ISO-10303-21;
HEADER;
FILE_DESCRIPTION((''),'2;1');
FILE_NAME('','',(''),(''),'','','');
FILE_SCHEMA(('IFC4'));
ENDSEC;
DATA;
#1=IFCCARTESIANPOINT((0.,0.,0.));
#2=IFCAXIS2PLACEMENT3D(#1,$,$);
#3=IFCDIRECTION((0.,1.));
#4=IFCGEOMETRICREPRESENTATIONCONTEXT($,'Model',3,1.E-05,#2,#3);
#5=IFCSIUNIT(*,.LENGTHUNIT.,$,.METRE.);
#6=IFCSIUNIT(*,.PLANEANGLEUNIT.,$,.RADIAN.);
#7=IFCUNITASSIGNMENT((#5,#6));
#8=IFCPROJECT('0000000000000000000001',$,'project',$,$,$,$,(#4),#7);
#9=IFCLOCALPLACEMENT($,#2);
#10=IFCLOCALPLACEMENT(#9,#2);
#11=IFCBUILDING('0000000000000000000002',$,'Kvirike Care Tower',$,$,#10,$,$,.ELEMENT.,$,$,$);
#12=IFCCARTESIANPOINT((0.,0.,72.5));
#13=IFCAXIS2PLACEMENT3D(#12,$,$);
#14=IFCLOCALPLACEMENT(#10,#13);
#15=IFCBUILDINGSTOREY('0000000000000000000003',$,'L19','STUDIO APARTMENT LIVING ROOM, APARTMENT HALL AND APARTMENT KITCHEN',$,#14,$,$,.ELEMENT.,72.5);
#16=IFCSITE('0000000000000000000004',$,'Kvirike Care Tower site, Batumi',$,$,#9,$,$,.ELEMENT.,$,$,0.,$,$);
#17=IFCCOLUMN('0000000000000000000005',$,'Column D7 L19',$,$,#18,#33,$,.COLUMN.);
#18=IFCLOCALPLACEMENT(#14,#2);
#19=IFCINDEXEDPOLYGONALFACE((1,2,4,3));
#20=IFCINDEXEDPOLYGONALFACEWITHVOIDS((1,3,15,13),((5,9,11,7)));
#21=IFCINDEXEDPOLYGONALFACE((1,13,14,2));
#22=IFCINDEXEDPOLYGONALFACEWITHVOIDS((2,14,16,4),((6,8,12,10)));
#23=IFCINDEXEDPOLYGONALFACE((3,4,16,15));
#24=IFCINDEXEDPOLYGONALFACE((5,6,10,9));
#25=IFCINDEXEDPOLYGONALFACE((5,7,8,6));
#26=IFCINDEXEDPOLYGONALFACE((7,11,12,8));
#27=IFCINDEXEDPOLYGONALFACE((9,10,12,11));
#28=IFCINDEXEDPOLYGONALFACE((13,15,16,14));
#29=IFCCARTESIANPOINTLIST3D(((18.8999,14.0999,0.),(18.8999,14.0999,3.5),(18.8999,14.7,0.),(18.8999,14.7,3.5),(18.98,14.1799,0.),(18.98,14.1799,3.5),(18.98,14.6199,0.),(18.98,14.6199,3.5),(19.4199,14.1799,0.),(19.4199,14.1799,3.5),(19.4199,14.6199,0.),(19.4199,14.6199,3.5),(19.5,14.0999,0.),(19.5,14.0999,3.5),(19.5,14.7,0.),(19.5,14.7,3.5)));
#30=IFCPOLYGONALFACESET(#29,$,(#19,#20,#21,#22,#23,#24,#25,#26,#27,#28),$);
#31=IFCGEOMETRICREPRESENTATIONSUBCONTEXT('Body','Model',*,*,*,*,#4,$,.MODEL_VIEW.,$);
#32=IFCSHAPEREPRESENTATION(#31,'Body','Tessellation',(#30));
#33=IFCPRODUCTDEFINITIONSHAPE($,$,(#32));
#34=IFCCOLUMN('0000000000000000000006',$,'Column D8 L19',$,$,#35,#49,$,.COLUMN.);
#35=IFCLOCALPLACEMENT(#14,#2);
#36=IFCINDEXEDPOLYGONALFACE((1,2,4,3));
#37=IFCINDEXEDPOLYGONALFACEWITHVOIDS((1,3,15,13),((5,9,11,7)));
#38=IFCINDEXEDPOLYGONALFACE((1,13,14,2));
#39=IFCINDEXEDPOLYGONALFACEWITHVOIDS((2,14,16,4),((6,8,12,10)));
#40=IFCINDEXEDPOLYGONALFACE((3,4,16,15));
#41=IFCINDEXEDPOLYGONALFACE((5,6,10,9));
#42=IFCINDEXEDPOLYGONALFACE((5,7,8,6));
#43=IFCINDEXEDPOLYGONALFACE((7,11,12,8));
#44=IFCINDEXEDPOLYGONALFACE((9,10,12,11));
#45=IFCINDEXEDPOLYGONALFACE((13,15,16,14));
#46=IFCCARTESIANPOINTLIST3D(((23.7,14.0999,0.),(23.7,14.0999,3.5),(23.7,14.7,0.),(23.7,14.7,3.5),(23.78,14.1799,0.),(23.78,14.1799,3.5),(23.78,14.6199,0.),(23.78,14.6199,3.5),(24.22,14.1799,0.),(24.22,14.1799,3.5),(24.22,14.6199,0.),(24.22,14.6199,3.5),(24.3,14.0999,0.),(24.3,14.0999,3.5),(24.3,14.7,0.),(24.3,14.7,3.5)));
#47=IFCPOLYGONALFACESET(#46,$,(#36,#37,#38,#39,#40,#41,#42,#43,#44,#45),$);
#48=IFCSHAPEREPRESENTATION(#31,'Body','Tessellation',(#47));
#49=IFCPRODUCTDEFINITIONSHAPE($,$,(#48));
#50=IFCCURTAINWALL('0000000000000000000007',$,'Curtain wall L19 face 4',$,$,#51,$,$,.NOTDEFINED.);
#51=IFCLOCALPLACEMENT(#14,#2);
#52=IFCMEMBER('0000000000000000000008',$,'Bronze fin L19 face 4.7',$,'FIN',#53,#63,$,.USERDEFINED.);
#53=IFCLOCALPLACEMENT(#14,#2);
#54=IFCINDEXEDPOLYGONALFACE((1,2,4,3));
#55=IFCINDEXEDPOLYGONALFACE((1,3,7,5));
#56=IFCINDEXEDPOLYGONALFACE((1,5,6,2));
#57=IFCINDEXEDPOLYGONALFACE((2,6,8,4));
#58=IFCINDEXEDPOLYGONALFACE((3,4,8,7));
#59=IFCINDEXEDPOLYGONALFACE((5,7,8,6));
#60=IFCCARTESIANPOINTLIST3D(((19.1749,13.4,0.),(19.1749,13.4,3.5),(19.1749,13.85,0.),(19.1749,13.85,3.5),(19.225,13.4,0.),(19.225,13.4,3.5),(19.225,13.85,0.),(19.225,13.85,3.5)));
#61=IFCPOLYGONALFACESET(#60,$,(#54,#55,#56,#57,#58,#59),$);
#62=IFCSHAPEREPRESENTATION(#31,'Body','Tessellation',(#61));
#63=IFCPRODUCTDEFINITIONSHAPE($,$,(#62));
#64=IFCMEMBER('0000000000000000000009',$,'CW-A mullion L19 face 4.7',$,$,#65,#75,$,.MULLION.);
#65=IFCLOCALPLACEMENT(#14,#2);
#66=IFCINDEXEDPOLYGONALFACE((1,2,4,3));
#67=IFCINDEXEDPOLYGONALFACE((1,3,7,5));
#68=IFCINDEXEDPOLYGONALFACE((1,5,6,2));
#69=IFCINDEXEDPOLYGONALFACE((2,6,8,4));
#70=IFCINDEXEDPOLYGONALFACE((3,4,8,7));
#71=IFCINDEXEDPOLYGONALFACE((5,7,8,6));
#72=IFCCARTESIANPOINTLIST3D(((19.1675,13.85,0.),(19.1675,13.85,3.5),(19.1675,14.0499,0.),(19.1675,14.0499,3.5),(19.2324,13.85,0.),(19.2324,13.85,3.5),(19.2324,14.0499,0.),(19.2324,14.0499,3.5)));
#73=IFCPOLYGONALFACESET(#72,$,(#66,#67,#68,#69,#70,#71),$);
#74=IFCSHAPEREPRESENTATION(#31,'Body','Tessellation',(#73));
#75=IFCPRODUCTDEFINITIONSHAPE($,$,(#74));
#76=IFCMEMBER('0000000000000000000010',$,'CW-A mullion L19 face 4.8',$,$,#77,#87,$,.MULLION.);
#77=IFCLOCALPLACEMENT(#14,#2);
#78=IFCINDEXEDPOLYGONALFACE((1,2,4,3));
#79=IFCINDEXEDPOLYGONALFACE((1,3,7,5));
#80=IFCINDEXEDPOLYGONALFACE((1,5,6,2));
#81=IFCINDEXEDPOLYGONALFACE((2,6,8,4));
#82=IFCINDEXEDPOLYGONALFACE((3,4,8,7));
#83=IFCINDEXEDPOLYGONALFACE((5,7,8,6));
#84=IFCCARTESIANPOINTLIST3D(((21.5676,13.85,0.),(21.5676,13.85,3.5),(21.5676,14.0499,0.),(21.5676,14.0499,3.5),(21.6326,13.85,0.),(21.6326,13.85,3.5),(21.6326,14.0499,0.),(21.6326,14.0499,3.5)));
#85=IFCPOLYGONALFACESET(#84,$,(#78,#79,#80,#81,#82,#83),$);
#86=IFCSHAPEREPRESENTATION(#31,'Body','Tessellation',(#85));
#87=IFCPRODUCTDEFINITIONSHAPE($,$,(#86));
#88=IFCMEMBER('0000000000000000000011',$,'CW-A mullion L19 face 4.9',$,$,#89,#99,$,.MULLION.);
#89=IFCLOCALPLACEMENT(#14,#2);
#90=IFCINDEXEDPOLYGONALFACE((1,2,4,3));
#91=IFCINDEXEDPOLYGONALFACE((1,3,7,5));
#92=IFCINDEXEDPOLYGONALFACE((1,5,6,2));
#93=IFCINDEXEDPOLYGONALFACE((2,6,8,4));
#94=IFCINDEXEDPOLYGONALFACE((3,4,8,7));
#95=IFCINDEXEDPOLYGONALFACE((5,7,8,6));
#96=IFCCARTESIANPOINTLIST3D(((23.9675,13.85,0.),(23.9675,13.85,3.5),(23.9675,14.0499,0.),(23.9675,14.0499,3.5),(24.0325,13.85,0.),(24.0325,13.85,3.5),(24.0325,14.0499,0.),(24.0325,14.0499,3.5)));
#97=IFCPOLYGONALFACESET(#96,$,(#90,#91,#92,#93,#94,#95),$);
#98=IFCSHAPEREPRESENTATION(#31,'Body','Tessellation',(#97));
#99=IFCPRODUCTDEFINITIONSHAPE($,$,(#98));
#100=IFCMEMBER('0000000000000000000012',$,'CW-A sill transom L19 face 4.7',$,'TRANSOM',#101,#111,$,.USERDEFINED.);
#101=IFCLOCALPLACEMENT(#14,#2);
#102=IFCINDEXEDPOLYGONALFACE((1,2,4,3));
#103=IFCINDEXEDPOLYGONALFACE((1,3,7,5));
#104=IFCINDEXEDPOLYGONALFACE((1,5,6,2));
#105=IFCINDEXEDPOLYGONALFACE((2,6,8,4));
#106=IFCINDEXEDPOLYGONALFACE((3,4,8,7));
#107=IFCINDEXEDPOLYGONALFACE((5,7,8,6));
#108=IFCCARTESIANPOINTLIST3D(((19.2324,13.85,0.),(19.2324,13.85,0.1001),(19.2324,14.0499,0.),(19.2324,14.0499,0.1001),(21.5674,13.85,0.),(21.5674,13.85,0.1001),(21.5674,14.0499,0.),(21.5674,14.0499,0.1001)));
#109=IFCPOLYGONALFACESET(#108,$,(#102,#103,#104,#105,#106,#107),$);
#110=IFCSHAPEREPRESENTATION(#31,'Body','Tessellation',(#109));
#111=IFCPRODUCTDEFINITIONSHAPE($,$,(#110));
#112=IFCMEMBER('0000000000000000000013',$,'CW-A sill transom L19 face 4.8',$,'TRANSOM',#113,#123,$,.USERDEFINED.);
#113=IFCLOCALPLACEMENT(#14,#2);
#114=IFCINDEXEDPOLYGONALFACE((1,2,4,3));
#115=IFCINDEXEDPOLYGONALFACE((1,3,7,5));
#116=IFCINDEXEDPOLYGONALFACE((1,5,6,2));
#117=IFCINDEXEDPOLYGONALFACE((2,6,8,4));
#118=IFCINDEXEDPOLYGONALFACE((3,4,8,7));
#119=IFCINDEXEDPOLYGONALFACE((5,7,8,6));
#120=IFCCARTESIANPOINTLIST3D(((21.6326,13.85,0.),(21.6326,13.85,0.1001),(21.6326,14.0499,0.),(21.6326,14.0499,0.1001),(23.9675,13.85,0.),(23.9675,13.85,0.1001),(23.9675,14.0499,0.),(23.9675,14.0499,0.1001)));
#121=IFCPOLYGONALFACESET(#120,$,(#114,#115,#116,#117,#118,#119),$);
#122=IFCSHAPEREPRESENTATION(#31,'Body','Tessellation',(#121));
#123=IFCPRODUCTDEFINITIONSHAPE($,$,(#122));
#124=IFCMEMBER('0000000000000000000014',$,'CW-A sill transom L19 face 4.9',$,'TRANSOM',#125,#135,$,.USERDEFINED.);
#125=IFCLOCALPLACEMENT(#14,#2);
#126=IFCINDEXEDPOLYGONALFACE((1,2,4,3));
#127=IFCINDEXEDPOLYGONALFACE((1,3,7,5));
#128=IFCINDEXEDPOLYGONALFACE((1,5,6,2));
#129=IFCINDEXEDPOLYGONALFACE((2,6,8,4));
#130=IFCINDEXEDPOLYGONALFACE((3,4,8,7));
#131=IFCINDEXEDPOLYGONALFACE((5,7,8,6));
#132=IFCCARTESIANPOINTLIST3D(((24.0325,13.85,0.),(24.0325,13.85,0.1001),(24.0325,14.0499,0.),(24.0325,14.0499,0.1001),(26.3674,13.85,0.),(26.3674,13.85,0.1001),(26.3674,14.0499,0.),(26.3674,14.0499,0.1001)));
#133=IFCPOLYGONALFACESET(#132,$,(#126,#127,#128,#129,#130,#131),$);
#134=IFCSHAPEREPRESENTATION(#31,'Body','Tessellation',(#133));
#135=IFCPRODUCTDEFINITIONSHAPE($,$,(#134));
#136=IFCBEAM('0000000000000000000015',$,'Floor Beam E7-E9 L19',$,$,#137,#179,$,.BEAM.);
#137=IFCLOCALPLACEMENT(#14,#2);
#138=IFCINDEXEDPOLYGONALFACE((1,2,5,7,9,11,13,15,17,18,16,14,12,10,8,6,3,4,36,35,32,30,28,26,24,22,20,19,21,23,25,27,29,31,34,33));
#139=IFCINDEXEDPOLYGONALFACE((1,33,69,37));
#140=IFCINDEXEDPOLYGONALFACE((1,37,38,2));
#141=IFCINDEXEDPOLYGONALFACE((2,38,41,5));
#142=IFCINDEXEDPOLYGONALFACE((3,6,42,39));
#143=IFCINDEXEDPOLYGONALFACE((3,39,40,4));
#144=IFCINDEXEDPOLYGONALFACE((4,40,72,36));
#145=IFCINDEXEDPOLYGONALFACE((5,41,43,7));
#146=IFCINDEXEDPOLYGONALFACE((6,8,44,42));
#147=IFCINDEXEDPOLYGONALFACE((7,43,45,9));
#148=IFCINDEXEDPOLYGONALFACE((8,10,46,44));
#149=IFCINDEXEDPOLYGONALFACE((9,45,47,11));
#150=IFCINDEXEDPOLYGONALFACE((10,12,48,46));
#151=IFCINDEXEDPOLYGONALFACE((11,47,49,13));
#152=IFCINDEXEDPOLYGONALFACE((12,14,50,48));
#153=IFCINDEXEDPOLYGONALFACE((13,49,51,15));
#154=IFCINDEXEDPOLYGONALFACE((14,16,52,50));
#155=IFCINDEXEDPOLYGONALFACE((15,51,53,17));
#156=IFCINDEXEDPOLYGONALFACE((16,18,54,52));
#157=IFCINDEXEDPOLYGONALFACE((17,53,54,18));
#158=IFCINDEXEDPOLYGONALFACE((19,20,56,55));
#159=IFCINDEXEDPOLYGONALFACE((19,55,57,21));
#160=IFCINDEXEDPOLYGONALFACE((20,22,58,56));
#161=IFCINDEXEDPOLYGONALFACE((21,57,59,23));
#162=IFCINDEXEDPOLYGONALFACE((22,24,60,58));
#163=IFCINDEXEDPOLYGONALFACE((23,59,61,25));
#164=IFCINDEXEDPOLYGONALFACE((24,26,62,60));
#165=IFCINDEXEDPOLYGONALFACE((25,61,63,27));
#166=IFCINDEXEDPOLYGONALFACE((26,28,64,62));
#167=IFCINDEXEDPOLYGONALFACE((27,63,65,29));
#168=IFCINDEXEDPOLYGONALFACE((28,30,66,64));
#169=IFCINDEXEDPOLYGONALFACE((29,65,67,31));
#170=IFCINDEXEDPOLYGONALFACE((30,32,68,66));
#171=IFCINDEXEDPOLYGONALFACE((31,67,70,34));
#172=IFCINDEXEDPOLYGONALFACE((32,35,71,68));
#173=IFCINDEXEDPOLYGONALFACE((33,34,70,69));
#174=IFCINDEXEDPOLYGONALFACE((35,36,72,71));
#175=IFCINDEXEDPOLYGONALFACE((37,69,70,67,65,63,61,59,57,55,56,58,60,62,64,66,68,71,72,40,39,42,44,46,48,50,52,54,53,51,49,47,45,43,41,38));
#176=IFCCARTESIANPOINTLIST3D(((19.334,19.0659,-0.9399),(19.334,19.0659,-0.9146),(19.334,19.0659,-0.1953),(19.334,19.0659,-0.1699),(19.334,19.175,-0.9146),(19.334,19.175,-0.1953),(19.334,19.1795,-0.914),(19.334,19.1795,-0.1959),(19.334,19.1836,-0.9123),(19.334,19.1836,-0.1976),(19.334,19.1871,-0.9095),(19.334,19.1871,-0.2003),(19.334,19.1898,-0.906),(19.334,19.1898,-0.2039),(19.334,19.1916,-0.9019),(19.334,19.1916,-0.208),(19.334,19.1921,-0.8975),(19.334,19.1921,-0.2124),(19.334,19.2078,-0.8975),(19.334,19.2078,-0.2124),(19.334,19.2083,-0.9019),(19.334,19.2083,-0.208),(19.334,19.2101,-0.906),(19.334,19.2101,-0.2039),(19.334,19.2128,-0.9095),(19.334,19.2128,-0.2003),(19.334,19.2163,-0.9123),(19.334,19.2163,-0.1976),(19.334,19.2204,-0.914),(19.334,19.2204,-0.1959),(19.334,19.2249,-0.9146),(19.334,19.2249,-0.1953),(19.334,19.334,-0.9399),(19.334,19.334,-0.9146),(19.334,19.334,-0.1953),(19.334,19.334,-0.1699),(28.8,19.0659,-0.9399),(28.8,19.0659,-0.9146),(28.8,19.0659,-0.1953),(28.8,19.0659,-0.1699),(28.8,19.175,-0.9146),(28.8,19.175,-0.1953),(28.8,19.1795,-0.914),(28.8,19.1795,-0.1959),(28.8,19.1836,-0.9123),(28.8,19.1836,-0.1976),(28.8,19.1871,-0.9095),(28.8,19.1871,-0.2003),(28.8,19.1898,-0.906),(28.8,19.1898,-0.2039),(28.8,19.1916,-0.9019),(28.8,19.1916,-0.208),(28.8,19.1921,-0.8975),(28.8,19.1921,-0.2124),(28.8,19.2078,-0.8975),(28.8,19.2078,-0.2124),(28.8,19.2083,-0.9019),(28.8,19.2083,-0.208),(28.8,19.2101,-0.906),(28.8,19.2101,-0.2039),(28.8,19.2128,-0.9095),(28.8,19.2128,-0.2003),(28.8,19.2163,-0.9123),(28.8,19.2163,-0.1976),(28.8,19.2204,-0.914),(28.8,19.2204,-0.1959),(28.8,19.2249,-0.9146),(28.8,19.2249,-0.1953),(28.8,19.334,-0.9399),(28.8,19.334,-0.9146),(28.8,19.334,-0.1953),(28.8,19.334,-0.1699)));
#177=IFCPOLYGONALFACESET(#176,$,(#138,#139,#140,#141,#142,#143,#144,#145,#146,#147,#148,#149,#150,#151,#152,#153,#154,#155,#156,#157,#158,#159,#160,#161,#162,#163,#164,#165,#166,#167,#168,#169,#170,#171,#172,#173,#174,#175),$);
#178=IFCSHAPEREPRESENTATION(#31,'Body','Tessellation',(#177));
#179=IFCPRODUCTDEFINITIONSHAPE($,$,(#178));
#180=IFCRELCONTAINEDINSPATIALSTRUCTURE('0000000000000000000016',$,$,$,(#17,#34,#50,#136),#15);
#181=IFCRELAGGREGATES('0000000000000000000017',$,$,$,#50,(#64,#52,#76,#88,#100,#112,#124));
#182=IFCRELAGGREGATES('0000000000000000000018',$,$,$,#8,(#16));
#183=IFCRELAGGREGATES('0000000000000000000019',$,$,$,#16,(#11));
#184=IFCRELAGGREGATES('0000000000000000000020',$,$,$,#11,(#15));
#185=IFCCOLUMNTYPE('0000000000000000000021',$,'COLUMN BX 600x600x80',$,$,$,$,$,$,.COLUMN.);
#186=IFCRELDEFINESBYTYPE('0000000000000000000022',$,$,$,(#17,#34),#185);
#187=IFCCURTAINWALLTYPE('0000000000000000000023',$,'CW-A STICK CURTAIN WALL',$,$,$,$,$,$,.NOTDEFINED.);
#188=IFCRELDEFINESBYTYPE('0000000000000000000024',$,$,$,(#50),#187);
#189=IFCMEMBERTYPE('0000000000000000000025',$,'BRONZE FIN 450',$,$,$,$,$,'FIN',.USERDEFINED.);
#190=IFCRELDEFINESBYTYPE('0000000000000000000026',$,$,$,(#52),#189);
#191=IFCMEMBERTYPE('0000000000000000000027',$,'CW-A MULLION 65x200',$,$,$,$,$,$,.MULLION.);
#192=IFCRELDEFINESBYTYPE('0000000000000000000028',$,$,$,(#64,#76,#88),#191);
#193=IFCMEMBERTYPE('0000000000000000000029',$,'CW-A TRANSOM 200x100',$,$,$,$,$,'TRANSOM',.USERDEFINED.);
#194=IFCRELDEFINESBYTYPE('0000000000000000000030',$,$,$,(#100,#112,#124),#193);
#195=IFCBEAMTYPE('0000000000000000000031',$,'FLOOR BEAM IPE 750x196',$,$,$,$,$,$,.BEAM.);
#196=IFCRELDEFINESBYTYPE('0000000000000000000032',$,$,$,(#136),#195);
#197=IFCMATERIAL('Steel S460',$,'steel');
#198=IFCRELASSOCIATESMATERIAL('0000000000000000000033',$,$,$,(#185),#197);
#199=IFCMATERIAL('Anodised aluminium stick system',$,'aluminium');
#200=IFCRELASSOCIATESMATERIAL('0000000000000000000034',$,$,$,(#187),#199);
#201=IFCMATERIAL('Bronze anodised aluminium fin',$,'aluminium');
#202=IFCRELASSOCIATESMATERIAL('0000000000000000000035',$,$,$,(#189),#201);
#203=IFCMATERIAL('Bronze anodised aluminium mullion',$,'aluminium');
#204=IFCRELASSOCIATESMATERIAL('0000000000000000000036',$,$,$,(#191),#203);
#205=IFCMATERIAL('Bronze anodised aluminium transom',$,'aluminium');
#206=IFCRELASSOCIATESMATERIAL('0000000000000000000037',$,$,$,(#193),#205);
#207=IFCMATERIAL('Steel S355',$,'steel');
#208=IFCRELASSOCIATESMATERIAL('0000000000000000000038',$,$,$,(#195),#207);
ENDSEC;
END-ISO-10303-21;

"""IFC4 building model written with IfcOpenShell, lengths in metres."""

from ifc_helpers import new_model, si_unit, direction, frame, origin, origin_2d, place, context, subcontext, project, spatial, rectangle, hollow_rectangle, i_section, extrude, material, material_profile, profile_set, type_object, element, aggregate, save


model = new_model("IFC4")

# Units and contexts
model_context = context("Model", 3, precision=1e-05, world=origin(), true_north=direction((0.0, 1.0)))
body_context = subcontext(model_context, "Body", "Model", "MODEL_VIEW")
ifc_project = project(units=[si_unit("LENGTHUNIT", "METRE"), si_unit("PLANEANGLEUNIT", "RADIAN")], contexts=[model_context])

# Site, building, storey
site_placement = place(None, origin())
site = spatial("IfcSite", under=ifc_project, at=site_placement, Name="Kvirike Care Tower site, Batumi", CompositionType="ELEMENT", RefElevation=0.0)
building_placement = place(site_placement, origin())
building = spatial("IfcBuilding", under=site, at=building_placement, Name="Kvirike Care Tower", CompositionType="ELEMENT")
storey_placement = place(building_placement, frame((0.0, 0.0, 72.5)))
storey = spatial("IfcBuildingStorey", under=building, at=storey_placement, Name="L19", Description="STUDIO APARTMENT LIVING ROOM, APARTMENT HALL AND APARTMENT KITCHEN", CompositionType="ELEMENT", Elevation=72.5)

# Columns
ifc_material_1 = material(Name="Steel S460", Category="steel")
ifc_material_profile_1 = material_profile(ifc_material_1, hollow_rectangle(XDim=0.6001, YDim=0.6001, WallThickness=0.0801, at=origin_2d()), Name="BX 600x600x80")
ifc_profile_set_1 = profile_set([ifc_material_profile_1], Name="Steel S460")
column_type = type_object("IfcColumnType", Name="COLUMN BX 600x600x80", PredefinedType="COLUMN", material=ifc_profile_set_1)
for number, where, z_axis, x_axis, name in (
    (1, (19.2, 14.3999, 0.0), (0.0, 0.0, 1.0), (0.0, 1.0, 0.0), "Column D7 L19"),
    (2, (24.0, 14.3999, 0.0), (0.0, 0.0, 1.0), (0.0, 1.0, 0.0), "Column D8 L19"),
):
    element("IfcColumn", number, at=place(storey_placement, frame(where, z_axis=z_axis, x_axis=x_axis)), inside=storey, type_object=column_type, Name=name, PredefinedType="COLUMN", context=body_context, shape_type="SweptSolid", body=[
        extrude(hollow_rectangle(XDim=0.6001, YDim=0.6001, WallThickness=0.0801, at=origin_2d()), origin(), (0.0, 0.0, 1.0), 3.5),
    ])

# Curtain wall, members
ifc_material_2 = material(Name="Anodised aluminium stick system", Category="aluminium")
curtain_wall_type = type_object("IfcCurtainWallType", Name="CW-A STICK CURTAIN WALL", PredefinedType="NOTDEFINED", material=ifc_material_2)
curtain_wall_placement = place(storey_placement, origin())
curtain_wall = element("IfcCurtainWall", 3, at=curtain_wall_placement, inside=storey, type_object=curtain_wall_type, Name="Curtain wall L19 face 4", PredefinedType="NOTDEFINED")
ifc_material_3 = material(Name="Bronze anodised aluminium fin", Category="aluminium")
ifc_material_profile_2 = material_profile(ifc_material_3, rectangle(XDim=0.05, YDim=0.45, at=origin_2d()), Name="BRONZE FIN 450")
ifc_profile_set_2 = profile_set([ifc_material_profile_2], Name="Bronze anodised aluminium fin")
member_type_1 = type_object("IfcMemberType", Name="BRONZE FIN 450", ElementType="FIN", PredefinedType="USERDEFINED", material=ifc_profile_set_2)
member_1_placement = place(storey_placement, frame((19.2, 13.625, 0.0), z_axis=(0.0, 0.0, 1.0), x_axis=(1.0, 0.0, 0.0)))
member_1 = element("IfcMember", 4, at=member_1_placement, type_object=member_type_1, Name="Bronze fin L19 face 4.7", ObjectType="FIN", PredefinedType="USERDEFINED", context=body_context, shape_type="SweptSolid", body=[
    extrude(rectangle(XDim=0.05, YDim=0.45, at=origin_2d()), origin(), (0.0, 0.0, 1.0), 3.5),
])
ifc_material_4 = material(Name="Bronze anodised aluminium mullion", Category="aluminium")
ifc_material_profile_3 = material_profile(ifc_material_4, rectangle(XDim=0.0649, YDim=0.2, at=origin_2d()), Name="CW-A MULLION 65x200")
ifc_profile_set_3 = profile_set([ifc_material_profile_3], Name="Bronze anodised aluminium mullion")
member_type_2 = type_object("IfcMemberType", Name="CW-A MULLION 65x200", PredefinedType="MULLION", material=ifc_profile_set_3)
member_2_placement = place(storey_placement, frame((19.2, 13.95, 0.0), z_axis=(0.0, 0.0, 1.0), x_axis=(1.0, 0.0, 0.0)))
member_2 = element("IfcMember", 5, at=member_2_placement, type_object=member_type_2, Name="CW-A mullion L19 face 4.7", PredefinedType="MULLION", context=body_context, shape_type="SweptSolid", body=[
    extrude(rectangle(XDim=0.0649, YDim=0.2, at=origin_2d()), origin(), (0.0, 0.0, 1.0), 3.5),
])
member_3_placement = place(storey_placement, frame((21.6001, 13.95, 0.0), z_axis=(0.0, 0.0, 1.0), x_axis=(1.0, 0.0, 0.0)))
member_3 = element("IfcMember", 6, at=member_3_placement, type_object=member_type_2, Name="CW-A mullion L19 face 4.8", PredefinedType="MULLION", context=body_context, shape_type="SweptSolid", body=[
    extrude(rectangle(XDim=0.0649, YDim=0.2, at=origin_2d()), origin(), (0.0, 0.0, 1.0), 3.5),
])
member_4_placement = place(storey_placement, frame((24.0, 13.95, 0.0), z_axis=(0.0, 0.0, 1.0), x_axis=(1.0, 0.0, 0.0)))
member_4 = element("IfcMember", 7, at=member_4_placement, type_object=member_type_2, Name="CW-A mullion L19 face 4.9", PredefinedType="MULLION", context=body_context, shape_type="SweptSolid", body=[
    extrude(rectangle(XDim=0.0649, YDim=0.2, at=origin_2d()), origin(), (0.0, 0.0, 1.0), 3.5),
])
ifc_material_5 = material(Name="Bronze anodised aluminium transom", Category="aluminium")
ifc_material_profile_4 = material_profile(ifc_material_5, rectangle(XDim=0.2, YDim=0.1001, at=origin_2d()), Name="CW-A TRANSOM 200x100")
ifc_profile_set_4 = profile_set([ifc_material_profile_4], Name="Bronze anodised aluminium transom")
member_type_3 = type_object("IfcMemberType", Name="CW-A TRANSOM 200x100", ElementType="TRANSOM", PredefinedType="USERDEFINED", material=ifc_profile_set_4)
member_5_placement = place(storey_placement, frame((19.2324, 13.95, 0.05), z_axis=(1.0, 0.0, 0.0), x_axis=(0.0, 1.0, 0.0)))
member_5 = element("IfcMember", 8, at=member_5_placement, type_object=member_type_3, Name="CW-A sill transom L19 face 4.7", ObjectType="TRANSOM", PredefinedType="USERDEFINED", context=body_context, shape_type="SweptSolid", body=[
    extrude(rectangle(XDim=0.2, YDim=0.1001, at=origin_2d()), origin(), (0.0, 0.0, 1.0), 2.335),
])
member_6_placement = place(storey_placement, frame((21.6326, 13.95, 0.05), z_axis=(1.0, 0.0, 0.0), x_axis=(0.0, 1.0, 0.0)))
member_6 = element("IfcMember", 9, at=member_6_placement, type_object=member_type_3, Name="CW-A sill transom L19 face 4.8", ObjectType="TRANSOM", PredefinedType="USERDEFINED", context=body_context, shape_type="SweptSolid", body=[
    extrude(rectangle(XDim=0.2, YDim=0.1001, at=origin_2d()), origin(), (0.0, 0.0, 1.0), 2.335),
])
member_7_placement = place(storey_placement, frame((24.0325, 13.95, 0.05), z_axis=(1.0, 0.0, 0.0), x_axis=(0.0, 1.0, 0.0)))
member_7 = element("IfcMember", 10, at=member_7_placement, type_object=member_type_3, Name="CW-A sill transom L19 face 4.9", ObjectType="TRANSOM", PredefinedType="USERDEFINED", context=body_context, shape_type="SweptSolid", body=[
    extrude(rectangle(XDim=0.2, YDim=0.1001, at=origin_2d()), origin(), (0.0, 0.0, 1.0), 2.335),
])

# Beam
ifc_material_6 = material(Name="Steel S355", Category="steel")
ifc_material_profile_5 = material_profile(ifc_material_6, i_section(OverallWidth=0.2681, OverallDepth=0.77, WebThickness=0.0156, FlangeThickness=0.0254, FilletRadius=0.0171, at=origin_2d()), Name="IPE 750x196")
ifc_profile_set_5 = profile_set([ifc_material_profile_5], Name="Steel S355")
beam_type_1 = type_object("IfcBeamType", Name="FLOOR BEAM IPE 750x196", PredefinedType="BEAM", material=ifc_profile_set_5)
beam_1_placement = place(storey_placement, frame((19.334, 19.2, -0.5549), z_axis=(1.0, 0.0, 0.0), x_axis=(0.0, 1.0, 0.0)))
element("IfcBeam", 11, at=beam_1_placement, inside=storey, type_object=beam_type_1, Name="Floor Beam E7-E9 L19", PredefinedType="BEAM", context=body_context, shape_type="SweptSolid", body=[
    extrude(i_section(OverallWidth=0.2681, OverallDepth=0.77, WebThickness=0.0156, FlangeThickness=0.0254, FilletRadius=0.0171, at=origin_2d()), origin(), (0.0, 0.0, 1.0), 9.4661),
])

aggregate(curtain_wall, [member_2, member_1, member_3, member_4, member_5, member_6, member_7])

save(model, "model.ifc")
